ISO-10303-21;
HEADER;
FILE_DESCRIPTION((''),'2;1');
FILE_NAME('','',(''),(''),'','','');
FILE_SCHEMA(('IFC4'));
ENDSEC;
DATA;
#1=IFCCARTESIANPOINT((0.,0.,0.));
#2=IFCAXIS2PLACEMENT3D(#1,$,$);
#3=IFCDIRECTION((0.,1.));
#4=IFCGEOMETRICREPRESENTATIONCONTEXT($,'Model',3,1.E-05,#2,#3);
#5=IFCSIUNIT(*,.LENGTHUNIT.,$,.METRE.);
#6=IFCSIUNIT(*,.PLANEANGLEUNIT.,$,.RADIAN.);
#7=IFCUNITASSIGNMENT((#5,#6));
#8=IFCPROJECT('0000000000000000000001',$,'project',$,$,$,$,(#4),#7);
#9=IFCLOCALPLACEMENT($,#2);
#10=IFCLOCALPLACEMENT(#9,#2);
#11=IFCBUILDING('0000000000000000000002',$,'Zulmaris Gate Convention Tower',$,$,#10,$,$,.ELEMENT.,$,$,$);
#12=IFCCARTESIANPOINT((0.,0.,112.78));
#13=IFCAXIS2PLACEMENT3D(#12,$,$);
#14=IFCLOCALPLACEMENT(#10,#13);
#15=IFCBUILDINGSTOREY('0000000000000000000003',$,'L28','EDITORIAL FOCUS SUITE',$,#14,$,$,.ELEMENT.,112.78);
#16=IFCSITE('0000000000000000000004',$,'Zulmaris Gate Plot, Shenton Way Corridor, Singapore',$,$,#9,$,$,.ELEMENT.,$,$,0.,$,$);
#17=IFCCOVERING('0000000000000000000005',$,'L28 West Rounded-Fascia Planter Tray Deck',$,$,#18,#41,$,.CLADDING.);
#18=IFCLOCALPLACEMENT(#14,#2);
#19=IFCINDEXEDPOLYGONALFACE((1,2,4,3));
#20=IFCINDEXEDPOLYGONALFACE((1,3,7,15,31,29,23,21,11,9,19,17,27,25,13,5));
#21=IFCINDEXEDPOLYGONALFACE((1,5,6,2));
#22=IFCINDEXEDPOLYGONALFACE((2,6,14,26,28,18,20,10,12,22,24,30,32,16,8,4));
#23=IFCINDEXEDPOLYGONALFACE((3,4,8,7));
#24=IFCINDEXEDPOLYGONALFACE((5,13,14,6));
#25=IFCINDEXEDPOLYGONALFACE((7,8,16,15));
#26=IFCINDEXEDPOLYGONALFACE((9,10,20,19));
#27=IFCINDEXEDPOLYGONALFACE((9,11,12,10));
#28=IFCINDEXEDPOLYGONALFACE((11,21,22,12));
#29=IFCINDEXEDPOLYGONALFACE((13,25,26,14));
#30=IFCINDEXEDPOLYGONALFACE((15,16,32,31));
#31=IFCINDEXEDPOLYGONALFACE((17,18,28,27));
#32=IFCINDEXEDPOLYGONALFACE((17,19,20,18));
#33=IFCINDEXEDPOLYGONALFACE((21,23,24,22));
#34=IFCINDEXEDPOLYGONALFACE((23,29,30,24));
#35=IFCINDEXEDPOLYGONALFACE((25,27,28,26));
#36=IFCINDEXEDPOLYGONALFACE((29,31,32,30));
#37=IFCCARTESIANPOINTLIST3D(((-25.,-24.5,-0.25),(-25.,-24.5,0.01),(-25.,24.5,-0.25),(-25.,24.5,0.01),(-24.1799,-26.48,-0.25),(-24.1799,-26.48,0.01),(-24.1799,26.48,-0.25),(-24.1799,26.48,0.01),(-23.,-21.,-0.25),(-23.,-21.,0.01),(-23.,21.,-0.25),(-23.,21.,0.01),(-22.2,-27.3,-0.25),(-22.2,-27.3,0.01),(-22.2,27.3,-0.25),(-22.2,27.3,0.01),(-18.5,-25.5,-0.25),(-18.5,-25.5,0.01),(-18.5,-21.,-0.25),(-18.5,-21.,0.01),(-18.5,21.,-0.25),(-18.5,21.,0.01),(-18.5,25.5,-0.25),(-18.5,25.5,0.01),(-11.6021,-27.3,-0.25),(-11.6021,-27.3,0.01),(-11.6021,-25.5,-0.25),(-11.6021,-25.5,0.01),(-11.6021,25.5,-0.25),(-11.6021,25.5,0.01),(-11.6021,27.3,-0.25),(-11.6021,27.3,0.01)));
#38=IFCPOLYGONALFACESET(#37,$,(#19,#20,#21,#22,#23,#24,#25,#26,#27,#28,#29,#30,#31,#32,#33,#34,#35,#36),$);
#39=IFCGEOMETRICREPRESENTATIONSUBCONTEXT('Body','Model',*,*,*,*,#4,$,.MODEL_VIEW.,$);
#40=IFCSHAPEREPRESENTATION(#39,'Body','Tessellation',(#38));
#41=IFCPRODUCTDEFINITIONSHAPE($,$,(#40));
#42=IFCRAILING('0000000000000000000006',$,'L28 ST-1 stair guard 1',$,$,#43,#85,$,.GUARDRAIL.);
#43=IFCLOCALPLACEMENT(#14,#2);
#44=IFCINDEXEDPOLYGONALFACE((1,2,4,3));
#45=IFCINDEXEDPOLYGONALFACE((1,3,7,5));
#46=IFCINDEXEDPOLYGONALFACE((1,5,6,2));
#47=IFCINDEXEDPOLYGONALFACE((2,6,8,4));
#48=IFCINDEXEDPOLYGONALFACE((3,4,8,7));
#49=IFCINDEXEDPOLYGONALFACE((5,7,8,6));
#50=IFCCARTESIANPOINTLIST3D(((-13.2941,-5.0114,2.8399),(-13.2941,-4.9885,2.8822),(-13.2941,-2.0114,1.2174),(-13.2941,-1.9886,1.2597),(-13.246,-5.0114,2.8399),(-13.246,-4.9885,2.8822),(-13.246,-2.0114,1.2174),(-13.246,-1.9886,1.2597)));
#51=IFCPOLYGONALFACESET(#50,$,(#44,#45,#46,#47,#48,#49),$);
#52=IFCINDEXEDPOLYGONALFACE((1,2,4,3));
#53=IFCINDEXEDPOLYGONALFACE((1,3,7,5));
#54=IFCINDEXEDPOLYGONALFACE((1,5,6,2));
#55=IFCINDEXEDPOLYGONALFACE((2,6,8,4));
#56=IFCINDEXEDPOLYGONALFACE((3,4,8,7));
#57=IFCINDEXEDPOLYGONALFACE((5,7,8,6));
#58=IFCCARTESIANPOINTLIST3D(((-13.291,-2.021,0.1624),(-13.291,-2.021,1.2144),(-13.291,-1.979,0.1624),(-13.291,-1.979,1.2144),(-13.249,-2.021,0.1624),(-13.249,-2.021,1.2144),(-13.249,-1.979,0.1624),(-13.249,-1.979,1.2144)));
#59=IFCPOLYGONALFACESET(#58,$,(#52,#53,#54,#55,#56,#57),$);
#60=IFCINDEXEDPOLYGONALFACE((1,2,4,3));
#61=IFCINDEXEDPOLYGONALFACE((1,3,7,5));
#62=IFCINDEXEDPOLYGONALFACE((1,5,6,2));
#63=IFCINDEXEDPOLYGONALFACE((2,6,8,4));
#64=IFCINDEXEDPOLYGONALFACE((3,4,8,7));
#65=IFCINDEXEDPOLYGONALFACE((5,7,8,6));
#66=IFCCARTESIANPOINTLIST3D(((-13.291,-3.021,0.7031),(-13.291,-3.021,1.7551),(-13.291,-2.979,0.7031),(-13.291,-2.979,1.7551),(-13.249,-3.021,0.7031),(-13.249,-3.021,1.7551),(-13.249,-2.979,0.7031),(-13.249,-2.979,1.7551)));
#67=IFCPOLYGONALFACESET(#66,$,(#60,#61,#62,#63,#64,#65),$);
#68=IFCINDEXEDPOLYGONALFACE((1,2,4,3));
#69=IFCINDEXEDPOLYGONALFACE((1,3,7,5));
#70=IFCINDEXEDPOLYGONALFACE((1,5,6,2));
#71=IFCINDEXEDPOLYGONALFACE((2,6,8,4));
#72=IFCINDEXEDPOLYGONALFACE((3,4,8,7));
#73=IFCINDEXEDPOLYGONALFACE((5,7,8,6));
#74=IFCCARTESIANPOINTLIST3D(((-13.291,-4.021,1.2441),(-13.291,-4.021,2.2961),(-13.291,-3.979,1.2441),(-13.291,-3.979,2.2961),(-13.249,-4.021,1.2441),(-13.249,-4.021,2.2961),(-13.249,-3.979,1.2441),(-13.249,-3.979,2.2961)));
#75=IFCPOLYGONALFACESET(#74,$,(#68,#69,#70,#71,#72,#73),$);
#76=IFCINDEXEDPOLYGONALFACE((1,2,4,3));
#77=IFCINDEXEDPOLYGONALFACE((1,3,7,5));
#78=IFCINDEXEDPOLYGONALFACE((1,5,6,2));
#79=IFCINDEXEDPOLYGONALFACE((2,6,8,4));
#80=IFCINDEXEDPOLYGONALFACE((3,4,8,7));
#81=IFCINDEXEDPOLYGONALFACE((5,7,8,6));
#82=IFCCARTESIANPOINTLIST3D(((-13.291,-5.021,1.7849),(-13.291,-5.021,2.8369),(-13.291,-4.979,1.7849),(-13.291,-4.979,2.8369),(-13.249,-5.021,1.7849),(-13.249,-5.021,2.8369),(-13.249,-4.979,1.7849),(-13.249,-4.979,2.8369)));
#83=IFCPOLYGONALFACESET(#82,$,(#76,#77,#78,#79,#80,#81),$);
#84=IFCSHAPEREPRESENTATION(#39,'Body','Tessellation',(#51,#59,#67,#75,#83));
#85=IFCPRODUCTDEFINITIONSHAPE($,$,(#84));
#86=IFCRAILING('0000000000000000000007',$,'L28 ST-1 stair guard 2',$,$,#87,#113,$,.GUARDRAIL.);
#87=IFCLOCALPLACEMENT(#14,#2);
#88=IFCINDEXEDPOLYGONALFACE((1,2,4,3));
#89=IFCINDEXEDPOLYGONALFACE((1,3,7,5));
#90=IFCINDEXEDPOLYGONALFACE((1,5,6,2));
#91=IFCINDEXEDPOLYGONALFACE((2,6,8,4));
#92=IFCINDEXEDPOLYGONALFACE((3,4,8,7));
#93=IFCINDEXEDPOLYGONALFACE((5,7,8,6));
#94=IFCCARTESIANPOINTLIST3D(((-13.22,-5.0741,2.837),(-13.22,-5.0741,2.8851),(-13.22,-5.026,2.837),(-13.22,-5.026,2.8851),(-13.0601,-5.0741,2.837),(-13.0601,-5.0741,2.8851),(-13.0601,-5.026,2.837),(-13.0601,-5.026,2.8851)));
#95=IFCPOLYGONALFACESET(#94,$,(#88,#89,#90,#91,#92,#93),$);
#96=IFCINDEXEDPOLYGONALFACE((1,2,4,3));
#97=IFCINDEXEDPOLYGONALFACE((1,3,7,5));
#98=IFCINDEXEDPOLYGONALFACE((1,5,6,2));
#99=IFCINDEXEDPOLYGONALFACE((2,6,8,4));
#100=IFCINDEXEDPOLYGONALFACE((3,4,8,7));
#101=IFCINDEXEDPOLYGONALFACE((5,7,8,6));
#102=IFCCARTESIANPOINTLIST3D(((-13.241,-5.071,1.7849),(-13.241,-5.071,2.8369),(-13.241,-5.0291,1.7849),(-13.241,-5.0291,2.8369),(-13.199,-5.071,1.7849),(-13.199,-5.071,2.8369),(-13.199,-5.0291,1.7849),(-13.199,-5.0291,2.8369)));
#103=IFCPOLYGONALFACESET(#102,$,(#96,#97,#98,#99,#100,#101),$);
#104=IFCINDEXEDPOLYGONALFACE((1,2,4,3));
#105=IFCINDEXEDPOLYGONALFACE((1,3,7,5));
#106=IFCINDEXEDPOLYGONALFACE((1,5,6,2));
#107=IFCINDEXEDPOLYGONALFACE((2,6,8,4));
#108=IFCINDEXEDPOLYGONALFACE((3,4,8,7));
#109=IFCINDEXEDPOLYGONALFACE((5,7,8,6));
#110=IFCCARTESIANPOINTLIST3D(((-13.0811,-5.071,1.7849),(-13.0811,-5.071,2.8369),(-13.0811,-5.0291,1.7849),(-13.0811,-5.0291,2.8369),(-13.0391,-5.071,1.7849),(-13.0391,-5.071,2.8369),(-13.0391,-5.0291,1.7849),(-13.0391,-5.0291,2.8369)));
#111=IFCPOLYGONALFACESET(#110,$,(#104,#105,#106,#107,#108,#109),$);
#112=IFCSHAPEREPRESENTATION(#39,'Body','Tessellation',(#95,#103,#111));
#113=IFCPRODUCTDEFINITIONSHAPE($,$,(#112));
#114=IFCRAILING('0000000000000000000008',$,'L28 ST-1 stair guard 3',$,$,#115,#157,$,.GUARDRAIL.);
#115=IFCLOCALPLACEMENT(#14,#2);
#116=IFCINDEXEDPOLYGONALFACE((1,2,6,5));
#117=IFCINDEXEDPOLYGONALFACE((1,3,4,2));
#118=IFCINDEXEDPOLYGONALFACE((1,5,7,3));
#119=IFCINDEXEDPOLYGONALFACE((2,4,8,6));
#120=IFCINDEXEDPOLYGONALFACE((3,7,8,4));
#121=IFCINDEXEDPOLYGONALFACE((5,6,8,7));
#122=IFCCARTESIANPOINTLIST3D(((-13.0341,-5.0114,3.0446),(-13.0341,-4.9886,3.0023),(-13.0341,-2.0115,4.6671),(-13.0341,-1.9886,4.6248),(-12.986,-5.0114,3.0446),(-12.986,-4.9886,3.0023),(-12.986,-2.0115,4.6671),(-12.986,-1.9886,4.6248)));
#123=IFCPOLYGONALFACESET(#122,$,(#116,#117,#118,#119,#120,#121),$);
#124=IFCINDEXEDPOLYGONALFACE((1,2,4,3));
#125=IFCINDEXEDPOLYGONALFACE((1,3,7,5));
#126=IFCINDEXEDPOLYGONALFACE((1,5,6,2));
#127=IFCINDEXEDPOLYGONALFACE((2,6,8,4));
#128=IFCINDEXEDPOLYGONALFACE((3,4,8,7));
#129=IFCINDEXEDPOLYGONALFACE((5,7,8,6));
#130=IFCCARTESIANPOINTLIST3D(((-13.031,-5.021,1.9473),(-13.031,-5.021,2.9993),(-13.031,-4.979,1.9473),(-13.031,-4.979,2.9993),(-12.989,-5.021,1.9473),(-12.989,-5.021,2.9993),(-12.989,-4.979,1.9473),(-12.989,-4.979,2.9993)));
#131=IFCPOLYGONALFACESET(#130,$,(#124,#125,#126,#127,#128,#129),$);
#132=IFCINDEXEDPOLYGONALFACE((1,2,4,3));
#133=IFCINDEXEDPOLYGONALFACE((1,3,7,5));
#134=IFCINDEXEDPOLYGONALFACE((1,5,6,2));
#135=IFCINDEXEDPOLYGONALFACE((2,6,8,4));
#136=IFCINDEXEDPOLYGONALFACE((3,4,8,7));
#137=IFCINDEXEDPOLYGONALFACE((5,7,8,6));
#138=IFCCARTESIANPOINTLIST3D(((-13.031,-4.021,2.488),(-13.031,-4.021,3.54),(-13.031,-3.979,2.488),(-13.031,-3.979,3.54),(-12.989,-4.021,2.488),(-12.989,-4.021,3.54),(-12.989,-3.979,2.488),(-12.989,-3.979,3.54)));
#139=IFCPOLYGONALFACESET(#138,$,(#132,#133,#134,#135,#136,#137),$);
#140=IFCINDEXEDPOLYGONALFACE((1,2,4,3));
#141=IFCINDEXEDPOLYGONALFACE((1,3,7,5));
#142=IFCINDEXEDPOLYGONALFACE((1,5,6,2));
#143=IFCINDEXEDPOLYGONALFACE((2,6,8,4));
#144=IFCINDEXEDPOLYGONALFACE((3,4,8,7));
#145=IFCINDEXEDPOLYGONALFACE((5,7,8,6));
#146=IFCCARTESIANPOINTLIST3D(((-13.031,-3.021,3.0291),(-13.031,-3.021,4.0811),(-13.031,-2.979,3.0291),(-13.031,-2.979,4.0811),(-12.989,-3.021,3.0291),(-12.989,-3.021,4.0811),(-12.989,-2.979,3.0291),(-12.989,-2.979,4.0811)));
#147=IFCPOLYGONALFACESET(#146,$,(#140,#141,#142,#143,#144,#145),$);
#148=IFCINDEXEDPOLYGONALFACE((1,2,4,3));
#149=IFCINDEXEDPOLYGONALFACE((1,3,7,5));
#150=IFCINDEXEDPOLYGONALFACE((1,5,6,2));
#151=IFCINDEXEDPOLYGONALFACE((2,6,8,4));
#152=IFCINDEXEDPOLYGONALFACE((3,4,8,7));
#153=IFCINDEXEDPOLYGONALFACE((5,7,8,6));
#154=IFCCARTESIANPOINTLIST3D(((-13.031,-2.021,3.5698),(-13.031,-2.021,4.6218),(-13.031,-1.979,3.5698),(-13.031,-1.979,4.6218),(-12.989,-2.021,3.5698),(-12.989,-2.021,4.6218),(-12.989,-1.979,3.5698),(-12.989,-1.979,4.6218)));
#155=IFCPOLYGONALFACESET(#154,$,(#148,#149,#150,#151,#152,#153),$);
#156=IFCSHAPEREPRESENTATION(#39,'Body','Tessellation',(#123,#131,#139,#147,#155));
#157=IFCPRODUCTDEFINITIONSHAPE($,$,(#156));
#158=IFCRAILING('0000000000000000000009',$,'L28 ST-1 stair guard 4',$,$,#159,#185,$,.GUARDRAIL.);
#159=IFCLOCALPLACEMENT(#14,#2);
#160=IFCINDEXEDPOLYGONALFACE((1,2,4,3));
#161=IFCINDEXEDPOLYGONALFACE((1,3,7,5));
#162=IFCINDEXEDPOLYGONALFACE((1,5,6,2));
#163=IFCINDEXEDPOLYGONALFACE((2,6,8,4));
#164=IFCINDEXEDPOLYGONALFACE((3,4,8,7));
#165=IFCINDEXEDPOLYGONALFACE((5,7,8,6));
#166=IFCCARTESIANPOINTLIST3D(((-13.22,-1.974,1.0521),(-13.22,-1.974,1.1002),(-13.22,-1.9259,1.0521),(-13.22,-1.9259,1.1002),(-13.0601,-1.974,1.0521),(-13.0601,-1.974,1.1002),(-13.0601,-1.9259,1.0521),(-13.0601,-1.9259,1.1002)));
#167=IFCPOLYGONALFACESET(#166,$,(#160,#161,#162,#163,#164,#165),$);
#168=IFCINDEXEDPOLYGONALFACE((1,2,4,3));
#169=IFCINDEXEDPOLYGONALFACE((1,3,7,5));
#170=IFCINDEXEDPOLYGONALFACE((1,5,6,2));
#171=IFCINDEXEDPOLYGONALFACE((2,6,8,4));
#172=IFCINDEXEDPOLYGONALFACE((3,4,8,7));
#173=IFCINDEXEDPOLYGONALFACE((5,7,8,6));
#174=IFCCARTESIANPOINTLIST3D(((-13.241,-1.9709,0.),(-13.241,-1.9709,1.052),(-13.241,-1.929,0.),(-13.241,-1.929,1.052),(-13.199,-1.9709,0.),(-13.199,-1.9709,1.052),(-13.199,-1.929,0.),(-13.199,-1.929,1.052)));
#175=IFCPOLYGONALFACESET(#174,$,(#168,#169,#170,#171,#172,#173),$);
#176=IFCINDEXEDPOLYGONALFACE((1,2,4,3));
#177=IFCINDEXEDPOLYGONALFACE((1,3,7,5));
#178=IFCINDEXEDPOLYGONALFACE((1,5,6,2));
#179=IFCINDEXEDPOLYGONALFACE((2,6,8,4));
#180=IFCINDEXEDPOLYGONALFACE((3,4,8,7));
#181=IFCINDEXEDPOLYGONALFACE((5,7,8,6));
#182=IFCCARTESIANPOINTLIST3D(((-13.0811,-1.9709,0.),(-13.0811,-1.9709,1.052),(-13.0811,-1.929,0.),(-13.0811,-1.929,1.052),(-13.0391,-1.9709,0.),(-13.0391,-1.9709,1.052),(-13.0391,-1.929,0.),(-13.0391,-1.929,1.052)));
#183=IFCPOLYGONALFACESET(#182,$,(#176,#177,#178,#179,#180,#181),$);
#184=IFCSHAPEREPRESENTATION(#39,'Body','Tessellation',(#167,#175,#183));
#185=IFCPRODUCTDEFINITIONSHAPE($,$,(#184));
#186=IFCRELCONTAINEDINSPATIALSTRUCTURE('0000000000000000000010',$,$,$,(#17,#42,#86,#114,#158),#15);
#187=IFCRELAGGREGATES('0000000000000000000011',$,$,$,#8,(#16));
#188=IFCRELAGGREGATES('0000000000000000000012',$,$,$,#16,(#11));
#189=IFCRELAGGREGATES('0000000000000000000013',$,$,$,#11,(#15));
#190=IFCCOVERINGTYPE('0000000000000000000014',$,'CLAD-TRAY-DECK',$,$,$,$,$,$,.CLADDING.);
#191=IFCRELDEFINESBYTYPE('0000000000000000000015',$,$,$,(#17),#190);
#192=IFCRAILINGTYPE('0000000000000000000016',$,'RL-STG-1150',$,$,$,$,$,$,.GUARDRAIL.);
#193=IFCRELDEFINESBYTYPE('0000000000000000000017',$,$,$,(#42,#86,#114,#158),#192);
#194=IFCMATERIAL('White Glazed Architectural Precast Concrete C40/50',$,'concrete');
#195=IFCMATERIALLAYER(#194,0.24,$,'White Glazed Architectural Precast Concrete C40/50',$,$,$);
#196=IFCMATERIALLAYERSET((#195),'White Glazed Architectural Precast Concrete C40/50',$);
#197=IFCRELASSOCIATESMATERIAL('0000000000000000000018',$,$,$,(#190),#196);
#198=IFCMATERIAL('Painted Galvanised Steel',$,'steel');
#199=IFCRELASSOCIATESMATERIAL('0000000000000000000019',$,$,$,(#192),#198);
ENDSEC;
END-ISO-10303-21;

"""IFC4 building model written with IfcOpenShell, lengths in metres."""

from ifc_helpers import new_model, si_unit, direction, frame, origin, origin_2d, place, context, subcontext, project, spatial, polyline, rectangle, outline, extrude, material, layer, layer_set, type_object, element, save


model = new_model("IFC4")

# Units and contexts
model_context = context("Model", 3, precision=1e-05, world=origin(), true_north=direction((0.0, 1.0)))
body_context = subcontext(model_context, "Body", "Model", "MODEL_VIEW")
ifc_project = project(units=[si_unit("LENGTHUNIT", "METRE"), si_unit("PLANEANGLEUNIT", "RADIAN")], contexts=[model_context])

# Site, building, storey
site_placement = place(None, origin())
site = spatial("IfcSite", under=ifc_project, at=site_placement, Name="Zulmaris Gate Plot, Shenton Way Corridor, Singapore", CompositionType="ELEMENT", RefElevation=0.0)
building_placement = place(site_placement, origin())
building = spatial("IfcBuilding", under=site, at=building_placement, Name="Zulmaris Gate Convention Tower", CompositionType="ELEMENT")
storey_placement = place(building_placement, frame((0.0, 0.0, 112.78)))
storey = spatial("IfcBuildingStorey", under=building, at=storey_placement, Name="L28", Description="EDITORIAL FOCUS SUITE", CompositionType="ELEMENT", Elevation=112.78)

# Covering
ifc_material_1 = material(Name="White Glazed Architectural Precast Concrete C40/50", Category="concrete")
ifc_layer_1 = layer(ifc_material_1, 0.24, Name="White Glazed Architectural Precast Concrete C40/50")
ifc_layer_set_1 = layer_set([ifc_layer_1], Name="White Glazed Architectural Precast Concrete C40/50")
covering_type = type_object("IfcCoveringType", Name="CLAD-TRAY-DECK", PredefinedType="CLADDING", material=ifc_layer_set_1)
covering_placement = place(storey_placement, frame((0.0, 0.0, -0.25)))
element("IfcCovering", 1, at=covering_placement, inside=storey, type_object=covering_type, Name="L28 West Rounded-Fascia Planter Tray Deck", PredefinedType="CLADDING", context=body_context, shape_type="SweptSolid", body=[
    extrude(outline(polyline([(-25.0, 24.5), (-24.1799, 26.48), (-22.2, 27.3), (-11.6021, 27.3), (-11.6021, 25.5), (-18.5, 25.5), (-18.5, 21.0), (-23.0, 21.0), (-23.0, -21.0), (-18.5, -21.0), (-18.5, -25.5), (-11.6021, -25.5), (-11.6021, -27.3), (-22.2, -27.3), (-24.1799, -26.48), (-25.0, -24.5), (-25.0, 24.5)])), origin(), (0.0, 0.0, 1.0), 0.26),
])

# Railings
ifc_material_2 = material(Name="Painted Galvanised Steel", Category="steel")
railing_type_1 = type_object("IfcRailingType", Name="RL-STG-1150", PredefinedType="GUARDRAIL", material=ifc_material_2)
railing_1_placement = place(storey_placement, frame((-13.27, -2.0, 0.1624)))
element("IfcRailing", 2, at=railing_1_placement, inside=storey, type_object=railing_type_1, Name="L28 ST-1 stair guard 1", PredefinedType="GUARDRAIL", context=body_context, shape_type="SweptSolid", body=[
    extrude(rectangle(XDim=0.0481, YDim=0.0481, at=origin_2d()), frame((0.0, 0.0, 1.0762), z_axis=(0.0, -0.879592, 0.47573), x_axis=(1.0, 0.0, 0.0)), (0.0, 0.0, 1.0), 3.4106),
    extrude(rectangle(XDim=0.042, YDim=0.042, at=origin_2d()), origin(), (0.0, 0.0, 1.0), 1.052),
    extrude(rectangle(XDim=0.042, YDim=0.042, at=origin_2d()), frame((0.0, -1.0, 0.5408)), (0.0, 0.0, 1.0), 1.052),
    extrude(rectangle(XDim=0.042, YDim=0.042, at=origin_2d()), frame((0.0, -2.0, 1.0818)), (0.0, 0.0, 1.0), 1.052),
    extrude(rectangle(XDim=0.042, YDim=0.042, at=origin_2d()), frame((0.0, -3.0, 1.6226)), (0.0, 0.0, 1.0), 1.052),
])
railing_2_placement = place(storey_placement, frame((-13.22, -5.05, 1.7849)))
element("IfcRailing", 3, at=railing_2_placement, inside=storey, type_object=railing_type_1, Name="L28 ST-1 stair guard 2", PredefinedType="GUARDRAIL", context=body_context, shape_type="SweptSolid", body=[
    extrude(rectangle(XDim=0.0481, YDim=0.0481, at=origin_2d()), frame((0.0, 0.0, 1.0762), z_axis=(1.0, 0.0, 0.0), x_axis=(0.0, 1.0, 0.0)), (0.0, 0.0, 1.0), 0.1599),
    extrude(rectangle(XDim=0.042, YDim=0.042, at=origin_2d()), origin(), (0.0, 0.0, 1.0), 1.052),
    extrude(rectangle(XDim=0.042, YDim=0.042, at=origin_2d()), frame((0.1599, 0.0, 0.0)), (0.0, 0.0, 1.0), 1.052),
])
railing_3_placement = place(storey_placement, frame((-13.01, -5.0, 1.9473)))
element("IfcRailing", 4, at=railing_3_placement, inside=storey, type_object=railing_type_1, Name="L28 ST-1 stair guard 3", PredefinedType="GUARDRAIL", context=body_context, shape_type="SweptSolid", body=[
    extrude(rectangle(XDim=0.0481, YDim=0.0481, at=origin_2d()), frame((0.0, 0.0, 1.0762), z_axis=(0.0, 0.879592, 0.47573), x_axis=(-1.0, 0.0, 0.0)), (0.0, 0.0, 1.0), 3.4106),
    extrude(rectangle(XDim=0.042, YDim=0.042, at=origin_2d()), origin(), (0.0, 0.0, 1.0), 1.052),
    extrude(rectangle(XDim=0.042, YDim=0.042, at=origin_2d()), frame((0.0, 1.0, 0.5408)), (0.0, 0.0, 1.0), 1.052),
    extrude(rectangle(XDim=0.042, YDim=0.042, at=origin_2d()), frame((0.0, 2.0, 1.0818)), (0.0, 0.0, 1.0), 1.052),
    extrude(rectangle(XDim=0.042, YDim=0.042, at=origin_2d()), frame((0.0, 3.0, 1.6226)), (0.0, 0.0, 1.0), 1.052),
])
railing_4_placement = place(storey_placement, frame((-13.22, -1.95, 0.0)))
element("IfcRailing", 5, at=railing_4_placement, inside=storey, type_object=railing_type_1, Name="L28 ST-1 stair guard 4", PredefinedType="GUARDRAIL", context=body_context, shape_type="SweptSolid", body=[
    extrude(rectangle(XDim=0.0481, YDim=0.0481, at=origin_2d()), frame((0.0, 0.0, 1.0762), z_axis=(1.0, 0.0, 0.0), x_axis=(0.0, 1.0, 0.0)), (0.0, 0.0, 1.0), 0.1599),
    extrude(rectangle(XDim=0.042, YDim=0.042, at=origin_2d()), origin(), (0.0, 0.0, 1.0), 1.052),
    extrude(rectangle(XDim=0.042, YDim=0.042, at=origin_2d()), frame((0.1599, 0.0, 0.0)), (0.0, 0.0, 1.0), 1.052),
])

save(model, "model.ifc")
